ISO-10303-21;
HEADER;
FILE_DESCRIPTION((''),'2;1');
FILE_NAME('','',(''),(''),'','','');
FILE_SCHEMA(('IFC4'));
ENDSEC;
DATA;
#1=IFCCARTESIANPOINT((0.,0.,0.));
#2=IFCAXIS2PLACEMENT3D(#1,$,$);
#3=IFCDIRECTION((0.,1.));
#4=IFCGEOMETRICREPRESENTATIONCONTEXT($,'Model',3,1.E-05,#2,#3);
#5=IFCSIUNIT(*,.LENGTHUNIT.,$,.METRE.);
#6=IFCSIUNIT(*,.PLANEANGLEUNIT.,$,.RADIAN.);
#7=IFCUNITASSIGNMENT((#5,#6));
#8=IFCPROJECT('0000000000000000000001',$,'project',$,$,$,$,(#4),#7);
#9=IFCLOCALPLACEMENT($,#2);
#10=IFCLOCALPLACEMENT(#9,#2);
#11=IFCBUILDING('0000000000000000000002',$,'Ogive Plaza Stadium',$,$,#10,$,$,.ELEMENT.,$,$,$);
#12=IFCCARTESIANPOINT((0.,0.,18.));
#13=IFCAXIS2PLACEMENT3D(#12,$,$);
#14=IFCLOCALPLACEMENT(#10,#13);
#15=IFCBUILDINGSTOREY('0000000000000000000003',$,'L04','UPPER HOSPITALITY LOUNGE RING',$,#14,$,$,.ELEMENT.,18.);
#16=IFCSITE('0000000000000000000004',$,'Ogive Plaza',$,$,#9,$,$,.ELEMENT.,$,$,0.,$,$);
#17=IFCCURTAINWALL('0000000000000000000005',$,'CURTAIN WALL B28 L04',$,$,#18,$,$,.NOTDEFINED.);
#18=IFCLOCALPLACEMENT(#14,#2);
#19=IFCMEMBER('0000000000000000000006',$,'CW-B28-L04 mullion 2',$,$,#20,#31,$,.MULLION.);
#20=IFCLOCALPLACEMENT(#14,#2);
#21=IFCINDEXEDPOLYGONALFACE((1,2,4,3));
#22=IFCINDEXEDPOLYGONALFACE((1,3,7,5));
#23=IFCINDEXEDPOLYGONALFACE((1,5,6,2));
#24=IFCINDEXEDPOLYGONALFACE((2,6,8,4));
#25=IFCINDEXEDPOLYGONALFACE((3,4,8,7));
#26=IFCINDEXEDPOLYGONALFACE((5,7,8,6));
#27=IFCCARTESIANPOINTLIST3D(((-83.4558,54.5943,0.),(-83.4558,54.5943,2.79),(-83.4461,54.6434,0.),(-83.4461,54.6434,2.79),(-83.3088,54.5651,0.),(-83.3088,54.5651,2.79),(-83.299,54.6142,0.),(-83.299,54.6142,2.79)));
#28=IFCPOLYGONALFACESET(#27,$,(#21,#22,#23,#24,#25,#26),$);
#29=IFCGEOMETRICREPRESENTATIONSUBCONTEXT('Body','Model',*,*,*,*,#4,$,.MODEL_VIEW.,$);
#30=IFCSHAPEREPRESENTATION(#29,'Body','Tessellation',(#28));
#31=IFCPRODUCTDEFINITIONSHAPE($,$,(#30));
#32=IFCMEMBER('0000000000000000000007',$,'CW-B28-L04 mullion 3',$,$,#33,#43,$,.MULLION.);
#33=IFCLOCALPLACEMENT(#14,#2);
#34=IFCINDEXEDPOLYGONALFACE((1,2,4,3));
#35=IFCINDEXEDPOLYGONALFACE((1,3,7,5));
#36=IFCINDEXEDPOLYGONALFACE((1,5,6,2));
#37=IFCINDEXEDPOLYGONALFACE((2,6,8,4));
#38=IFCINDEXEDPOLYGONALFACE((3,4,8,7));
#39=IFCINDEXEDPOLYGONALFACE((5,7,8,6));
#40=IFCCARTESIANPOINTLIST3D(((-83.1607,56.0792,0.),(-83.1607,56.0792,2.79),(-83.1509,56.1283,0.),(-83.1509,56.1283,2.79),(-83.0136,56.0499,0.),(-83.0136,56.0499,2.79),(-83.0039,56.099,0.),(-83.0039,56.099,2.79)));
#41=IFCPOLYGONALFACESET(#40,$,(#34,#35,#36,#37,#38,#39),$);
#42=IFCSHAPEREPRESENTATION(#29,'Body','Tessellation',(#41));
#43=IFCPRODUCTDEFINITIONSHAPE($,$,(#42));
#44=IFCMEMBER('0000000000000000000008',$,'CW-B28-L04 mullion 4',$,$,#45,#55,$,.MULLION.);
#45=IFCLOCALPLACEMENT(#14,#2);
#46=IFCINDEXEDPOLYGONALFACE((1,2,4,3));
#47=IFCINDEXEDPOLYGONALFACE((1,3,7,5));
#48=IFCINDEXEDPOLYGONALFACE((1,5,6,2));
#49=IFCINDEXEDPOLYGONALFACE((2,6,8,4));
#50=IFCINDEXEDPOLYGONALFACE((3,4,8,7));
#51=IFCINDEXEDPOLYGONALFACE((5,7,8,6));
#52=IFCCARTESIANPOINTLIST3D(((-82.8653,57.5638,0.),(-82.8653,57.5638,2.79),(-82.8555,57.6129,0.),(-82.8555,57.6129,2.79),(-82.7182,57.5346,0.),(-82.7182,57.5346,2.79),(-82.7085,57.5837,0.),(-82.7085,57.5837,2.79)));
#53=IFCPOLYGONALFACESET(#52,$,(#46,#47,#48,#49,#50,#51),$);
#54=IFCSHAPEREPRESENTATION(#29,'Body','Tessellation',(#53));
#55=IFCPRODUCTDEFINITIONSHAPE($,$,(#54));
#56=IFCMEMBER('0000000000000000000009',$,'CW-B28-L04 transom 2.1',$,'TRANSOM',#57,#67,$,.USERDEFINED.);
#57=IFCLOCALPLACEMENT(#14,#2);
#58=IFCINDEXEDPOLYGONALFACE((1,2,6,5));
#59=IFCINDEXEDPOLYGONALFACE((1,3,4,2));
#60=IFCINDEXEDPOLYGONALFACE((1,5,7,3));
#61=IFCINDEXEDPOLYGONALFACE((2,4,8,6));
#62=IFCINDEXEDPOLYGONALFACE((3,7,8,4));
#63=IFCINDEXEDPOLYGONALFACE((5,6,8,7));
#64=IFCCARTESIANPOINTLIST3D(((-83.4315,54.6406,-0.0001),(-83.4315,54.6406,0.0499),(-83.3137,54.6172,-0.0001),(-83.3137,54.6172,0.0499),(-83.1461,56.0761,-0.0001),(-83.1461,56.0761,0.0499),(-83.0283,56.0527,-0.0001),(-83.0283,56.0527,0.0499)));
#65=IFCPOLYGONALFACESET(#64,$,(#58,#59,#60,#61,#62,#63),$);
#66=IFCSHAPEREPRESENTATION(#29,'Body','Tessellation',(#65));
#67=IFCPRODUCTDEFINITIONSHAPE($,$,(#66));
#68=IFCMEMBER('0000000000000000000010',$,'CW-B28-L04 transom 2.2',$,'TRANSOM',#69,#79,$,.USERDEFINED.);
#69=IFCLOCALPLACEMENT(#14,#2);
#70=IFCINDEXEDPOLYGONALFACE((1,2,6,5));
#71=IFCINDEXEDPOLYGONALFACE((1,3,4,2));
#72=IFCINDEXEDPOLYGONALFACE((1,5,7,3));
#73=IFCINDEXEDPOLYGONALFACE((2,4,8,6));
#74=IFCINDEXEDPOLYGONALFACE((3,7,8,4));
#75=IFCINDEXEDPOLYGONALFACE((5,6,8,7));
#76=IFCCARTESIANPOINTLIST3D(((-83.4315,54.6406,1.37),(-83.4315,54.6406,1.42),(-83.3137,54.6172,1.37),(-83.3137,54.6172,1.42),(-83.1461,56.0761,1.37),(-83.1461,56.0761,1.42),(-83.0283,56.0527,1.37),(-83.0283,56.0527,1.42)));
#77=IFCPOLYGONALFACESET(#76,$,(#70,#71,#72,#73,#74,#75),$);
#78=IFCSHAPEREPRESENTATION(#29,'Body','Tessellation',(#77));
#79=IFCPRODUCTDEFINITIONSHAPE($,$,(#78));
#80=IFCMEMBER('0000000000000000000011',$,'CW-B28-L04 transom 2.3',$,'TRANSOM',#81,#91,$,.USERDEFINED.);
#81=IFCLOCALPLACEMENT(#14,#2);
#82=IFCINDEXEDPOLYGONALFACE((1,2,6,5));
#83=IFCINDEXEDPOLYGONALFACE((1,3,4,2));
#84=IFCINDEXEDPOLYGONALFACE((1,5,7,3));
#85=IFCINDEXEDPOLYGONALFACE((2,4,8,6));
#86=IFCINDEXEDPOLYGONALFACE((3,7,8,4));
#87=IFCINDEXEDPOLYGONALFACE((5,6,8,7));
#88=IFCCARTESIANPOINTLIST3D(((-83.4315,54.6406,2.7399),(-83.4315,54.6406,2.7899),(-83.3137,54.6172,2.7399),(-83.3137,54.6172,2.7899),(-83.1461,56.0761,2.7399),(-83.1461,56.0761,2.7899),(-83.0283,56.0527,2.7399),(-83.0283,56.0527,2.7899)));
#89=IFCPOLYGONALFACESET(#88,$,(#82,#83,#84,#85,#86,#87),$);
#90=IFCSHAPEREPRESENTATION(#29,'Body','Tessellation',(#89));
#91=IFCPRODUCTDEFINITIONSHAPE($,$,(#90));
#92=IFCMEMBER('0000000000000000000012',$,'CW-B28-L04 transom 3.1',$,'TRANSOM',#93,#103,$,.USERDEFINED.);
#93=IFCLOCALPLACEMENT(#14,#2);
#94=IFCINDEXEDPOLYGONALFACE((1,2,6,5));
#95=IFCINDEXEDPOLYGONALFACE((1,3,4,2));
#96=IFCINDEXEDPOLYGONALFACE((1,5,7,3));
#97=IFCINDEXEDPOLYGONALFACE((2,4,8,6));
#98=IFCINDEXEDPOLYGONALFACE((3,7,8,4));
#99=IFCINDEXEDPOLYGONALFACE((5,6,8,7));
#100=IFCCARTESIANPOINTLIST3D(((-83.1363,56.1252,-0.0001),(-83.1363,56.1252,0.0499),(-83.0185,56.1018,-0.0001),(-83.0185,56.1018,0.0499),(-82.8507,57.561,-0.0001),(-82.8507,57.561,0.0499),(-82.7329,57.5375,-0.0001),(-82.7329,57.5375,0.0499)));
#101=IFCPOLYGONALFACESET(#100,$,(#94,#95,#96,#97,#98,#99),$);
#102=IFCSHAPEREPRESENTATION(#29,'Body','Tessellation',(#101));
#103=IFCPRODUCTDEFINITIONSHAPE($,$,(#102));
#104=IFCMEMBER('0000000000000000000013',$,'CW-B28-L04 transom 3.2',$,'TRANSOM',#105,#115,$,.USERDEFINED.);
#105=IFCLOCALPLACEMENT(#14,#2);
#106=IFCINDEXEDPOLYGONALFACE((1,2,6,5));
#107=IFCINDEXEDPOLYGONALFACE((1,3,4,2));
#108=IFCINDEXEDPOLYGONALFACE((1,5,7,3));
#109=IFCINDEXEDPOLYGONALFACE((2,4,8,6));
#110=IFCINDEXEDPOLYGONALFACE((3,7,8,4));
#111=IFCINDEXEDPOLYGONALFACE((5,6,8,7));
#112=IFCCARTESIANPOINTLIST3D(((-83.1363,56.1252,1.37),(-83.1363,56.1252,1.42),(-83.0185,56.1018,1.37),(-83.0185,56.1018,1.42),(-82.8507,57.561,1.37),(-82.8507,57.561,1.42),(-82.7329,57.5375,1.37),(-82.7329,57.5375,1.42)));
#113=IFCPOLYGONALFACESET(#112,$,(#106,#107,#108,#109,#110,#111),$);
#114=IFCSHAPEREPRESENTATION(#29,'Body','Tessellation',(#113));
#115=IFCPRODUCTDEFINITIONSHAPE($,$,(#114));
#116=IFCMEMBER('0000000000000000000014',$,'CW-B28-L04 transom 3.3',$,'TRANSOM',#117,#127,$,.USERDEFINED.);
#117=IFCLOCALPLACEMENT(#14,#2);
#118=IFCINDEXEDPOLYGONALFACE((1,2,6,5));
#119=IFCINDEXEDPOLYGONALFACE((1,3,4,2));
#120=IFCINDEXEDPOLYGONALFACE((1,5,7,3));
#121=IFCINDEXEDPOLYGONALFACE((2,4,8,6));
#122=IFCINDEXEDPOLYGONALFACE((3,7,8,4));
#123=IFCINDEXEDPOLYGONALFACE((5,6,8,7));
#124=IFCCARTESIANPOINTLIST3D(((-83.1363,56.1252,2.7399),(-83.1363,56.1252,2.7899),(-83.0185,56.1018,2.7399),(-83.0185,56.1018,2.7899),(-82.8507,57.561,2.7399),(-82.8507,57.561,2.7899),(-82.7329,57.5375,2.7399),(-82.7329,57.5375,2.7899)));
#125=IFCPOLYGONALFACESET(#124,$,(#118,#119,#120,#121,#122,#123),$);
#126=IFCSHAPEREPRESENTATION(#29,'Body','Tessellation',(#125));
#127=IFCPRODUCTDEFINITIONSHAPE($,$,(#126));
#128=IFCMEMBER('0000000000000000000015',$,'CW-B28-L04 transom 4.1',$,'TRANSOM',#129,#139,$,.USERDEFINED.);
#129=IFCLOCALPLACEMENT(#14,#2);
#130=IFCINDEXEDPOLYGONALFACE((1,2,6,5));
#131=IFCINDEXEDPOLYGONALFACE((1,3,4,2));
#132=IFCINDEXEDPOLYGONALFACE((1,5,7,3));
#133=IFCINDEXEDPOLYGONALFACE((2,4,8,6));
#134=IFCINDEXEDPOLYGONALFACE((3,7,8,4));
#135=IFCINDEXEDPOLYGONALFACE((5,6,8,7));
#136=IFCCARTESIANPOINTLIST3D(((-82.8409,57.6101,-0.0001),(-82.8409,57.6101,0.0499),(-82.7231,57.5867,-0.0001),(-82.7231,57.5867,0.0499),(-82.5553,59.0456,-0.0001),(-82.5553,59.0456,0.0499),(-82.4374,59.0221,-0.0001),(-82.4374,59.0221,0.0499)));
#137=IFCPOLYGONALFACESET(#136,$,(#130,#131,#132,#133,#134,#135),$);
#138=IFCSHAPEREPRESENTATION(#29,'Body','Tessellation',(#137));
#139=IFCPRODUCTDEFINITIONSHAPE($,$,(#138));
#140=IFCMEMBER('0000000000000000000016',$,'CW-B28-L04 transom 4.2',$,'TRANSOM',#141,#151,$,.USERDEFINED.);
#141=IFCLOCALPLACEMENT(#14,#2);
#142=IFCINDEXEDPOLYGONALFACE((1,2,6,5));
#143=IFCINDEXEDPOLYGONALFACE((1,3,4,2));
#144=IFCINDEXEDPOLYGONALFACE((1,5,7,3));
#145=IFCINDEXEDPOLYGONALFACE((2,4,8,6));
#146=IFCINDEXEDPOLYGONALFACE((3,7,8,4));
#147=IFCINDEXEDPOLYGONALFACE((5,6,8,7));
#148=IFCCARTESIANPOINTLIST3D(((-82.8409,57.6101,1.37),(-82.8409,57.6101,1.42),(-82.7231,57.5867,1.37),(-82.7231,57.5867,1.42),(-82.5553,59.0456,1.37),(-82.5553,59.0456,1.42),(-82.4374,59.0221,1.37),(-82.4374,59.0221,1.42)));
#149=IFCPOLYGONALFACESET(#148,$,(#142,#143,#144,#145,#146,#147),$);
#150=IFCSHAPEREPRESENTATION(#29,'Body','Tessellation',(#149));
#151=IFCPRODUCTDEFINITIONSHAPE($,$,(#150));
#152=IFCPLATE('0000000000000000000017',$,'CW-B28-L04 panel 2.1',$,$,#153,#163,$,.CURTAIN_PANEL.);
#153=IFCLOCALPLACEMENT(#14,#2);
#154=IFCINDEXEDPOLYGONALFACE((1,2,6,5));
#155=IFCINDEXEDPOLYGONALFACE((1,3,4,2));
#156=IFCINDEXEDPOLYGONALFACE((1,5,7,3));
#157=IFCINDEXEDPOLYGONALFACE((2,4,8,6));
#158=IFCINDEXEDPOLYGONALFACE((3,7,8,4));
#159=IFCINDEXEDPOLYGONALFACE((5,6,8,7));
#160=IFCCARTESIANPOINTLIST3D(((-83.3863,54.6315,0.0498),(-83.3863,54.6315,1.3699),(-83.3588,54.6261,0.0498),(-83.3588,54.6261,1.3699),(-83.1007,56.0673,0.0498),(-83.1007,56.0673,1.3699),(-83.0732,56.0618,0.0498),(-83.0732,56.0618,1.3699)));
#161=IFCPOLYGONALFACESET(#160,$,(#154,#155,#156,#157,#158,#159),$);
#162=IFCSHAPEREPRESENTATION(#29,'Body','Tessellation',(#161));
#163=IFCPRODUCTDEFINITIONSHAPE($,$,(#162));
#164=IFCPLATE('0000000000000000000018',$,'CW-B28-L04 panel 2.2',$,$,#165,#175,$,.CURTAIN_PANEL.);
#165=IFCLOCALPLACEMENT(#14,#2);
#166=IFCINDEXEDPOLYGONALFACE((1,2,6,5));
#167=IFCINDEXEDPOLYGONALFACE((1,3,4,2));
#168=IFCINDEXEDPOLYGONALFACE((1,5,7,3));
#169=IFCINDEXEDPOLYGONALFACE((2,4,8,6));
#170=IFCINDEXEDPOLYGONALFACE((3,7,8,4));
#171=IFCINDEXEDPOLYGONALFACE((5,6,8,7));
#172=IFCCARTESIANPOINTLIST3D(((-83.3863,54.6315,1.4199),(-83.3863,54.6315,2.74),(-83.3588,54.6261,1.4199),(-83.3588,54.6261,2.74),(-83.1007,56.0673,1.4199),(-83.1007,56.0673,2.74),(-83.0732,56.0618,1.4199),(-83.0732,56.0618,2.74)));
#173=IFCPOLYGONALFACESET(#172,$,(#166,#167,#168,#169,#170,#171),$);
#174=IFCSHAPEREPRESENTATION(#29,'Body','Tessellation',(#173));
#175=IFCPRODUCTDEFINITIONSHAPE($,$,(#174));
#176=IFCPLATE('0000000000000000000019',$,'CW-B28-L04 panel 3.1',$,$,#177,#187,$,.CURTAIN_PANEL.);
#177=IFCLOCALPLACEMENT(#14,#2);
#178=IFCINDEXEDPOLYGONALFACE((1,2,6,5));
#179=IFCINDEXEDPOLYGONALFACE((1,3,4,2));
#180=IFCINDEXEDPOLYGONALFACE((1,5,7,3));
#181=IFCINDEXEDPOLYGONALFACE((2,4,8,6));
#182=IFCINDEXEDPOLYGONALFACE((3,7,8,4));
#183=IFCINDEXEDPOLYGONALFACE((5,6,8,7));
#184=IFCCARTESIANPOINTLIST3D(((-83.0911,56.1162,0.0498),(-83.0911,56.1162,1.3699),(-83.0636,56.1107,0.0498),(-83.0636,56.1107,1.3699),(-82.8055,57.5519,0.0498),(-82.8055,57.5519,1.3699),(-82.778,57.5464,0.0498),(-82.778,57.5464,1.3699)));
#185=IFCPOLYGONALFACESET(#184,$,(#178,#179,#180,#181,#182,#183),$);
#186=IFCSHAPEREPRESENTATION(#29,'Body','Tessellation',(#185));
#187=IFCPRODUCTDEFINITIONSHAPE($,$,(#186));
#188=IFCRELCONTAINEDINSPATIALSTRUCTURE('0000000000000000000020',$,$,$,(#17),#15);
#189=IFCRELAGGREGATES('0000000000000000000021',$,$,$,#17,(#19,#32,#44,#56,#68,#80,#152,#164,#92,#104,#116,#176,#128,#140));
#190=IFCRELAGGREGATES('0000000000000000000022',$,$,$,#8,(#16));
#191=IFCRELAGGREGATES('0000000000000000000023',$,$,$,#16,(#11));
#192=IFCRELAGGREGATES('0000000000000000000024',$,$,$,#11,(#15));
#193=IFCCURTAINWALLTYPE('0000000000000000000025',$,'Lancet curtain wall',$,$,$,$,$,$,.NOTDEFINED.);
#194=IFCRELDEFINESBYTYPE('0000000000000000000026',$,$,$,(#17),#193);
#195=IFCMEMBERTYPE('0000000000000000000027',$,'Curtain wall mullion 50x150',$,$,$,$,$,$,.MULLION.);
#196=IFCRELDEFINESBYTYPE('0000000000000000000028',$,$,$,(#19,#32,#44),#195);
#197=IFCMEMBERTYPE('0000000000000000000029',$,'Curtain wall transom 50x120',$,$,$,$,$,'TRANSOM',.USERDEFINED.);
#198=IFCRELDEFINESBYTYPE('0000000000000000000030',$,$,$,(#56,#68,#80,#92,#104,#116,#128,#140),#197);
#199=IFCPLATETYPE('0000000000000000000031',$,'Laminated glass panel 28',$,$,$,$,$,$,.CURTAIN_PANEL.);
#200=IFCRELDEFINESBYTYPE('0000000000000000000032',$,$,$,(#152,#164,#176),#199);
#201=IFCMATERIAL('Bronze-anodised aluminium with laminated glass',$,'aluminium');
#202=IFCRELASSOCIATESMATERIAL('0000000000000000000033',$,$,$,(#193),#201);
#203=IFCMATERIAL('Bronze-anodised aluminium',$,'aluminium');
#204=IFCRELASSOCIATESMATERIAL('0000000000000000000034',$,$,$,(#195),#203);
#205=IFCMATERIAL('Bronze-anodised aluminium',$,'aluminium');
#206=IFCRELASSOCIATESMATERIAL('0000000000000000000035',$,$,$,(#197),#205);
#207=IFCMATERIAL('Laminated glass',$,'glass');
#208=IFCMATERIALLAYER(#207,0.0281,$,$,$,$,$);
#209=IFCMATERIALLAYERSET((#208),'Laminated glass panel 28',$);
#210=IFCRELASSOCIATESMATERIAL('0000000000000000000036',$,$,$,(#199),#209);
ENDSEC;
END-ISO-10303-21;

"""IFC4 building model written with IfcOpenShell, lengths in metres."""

from ifc_helpers import new_model, si_unit, direction, frame, origin, origin_2d, place, context, subcontext, project, spatial, rectangle, extrude, material, layer, layer_set, material_profile, profile_set, type_object, element, aggregate, save


model = new_model("IFC4")

# Units and contexts
model_context = context("Model", 3, precision=1e-05, world=origin(), true_north=direction((0.0, 1.0)))
body_context = subcontext(model_context, "Body", "Model", "MODEL_VIEW")
ifc_project = project(units=[si_unit("LENGTHUNIT", "METRE"), si_unit("PLANEANGLEUNIT", "RADIAN")], contexts=[model_context])

# Site, building, storey
site_placement = place(None, origin())
site = spatial("IfcSite", under=ifc_project, at=site_placement, Name="Ogive Plaza", CompositionType="ELEMENT", RefElevation=0.0)
building_placement = place(site_placement, origin())
building = spatial("IfcBuilding", under=site, at=building_placement, Name="Ogive Plaza Stadium", CompositionType="ELEMENT")
storey_placement = place(building_placement, frame((0.0, 0.0, 18.0)))
storey = spatial("IfcBuildingStorey", under=building, at=storey_placement, Name="L04", Description="UPPER HOSPITALITY LOUNGE RING", CompositionType="ELEMENT", Elevation=18.0)

# Curtain wall, members, plates
ifc_material_1 = material(Name="Bronze-anodised aluminium with laminated glass", Category="aluminium")
curtain_wall_type = type_object("IfcCurtainWallType", Name="Lancet curtain wall", PredefinedType="NOTDEFINED", material=ifc_material_1)
curtain_wall_placement = place(storey_placement, origin())
curtain_wall = element("IfcCurtainWall", 1, at=curtain_wall_placement, inside=storey, type_object=curtain_wall_type, Name="CURTAIN WALL B28 L04", PredefinedType="NOTDEFINED")
ifc_material_2 = material(Name="Bronze-anodised aluminium", Category="aluminium")
ifc_material_profile_1 = material_profile(ifc_material_2, rectangle(XDim=0.1499, YDim=0.05, at=origin_2d()), Name="AL 150x50")
ifc_profile_set_1 = profile_set([ifc_material_profile_1], Name="Bronze-anodised aluminium")
member_type_1 = type_object("IfcMemberType", Name="Curtain wall mullion 50x150", PredefinedType="MULLION", material=ifc_profile_set_1)
member_1_placement = place(storey_placement, frame((-83.3774, 54.6042, 0.0), z_axis=(0.0, 0.0, 1.0), x_axis=(-0.980785, 0.19509, 0.0)))
member_1 = element("IfcMember", 2, at=member_1_placement, type_object=member_type_1, Name="CW-B28-L04 mullion 2", PredefinedType="MULLION", context=body_context, shape_type="SweptSolid", body=[
    extrude(rectangle(XDim=0.1499, YDim=0.05, at=origin_2d()), origin(), (0.0, 0.0, 1.0), 2.79),
])
member_2_placement = place(storey_placement, frame((-83.0823, 56.0891, 0.0), z_axis=(0.0, 0.0, 1.0), x_axis=(-0.980785, 0.19509, 0.0)))
member_2 = element("IfcMember", 3, at=member_2_placement, type_object=member_type_1, Name="CW-B28-L04 mullion 3", PredefinedType="MULLION", context=body_context, shape_type="SweptSolid", body=[
    extrude(rectangle(XDim=0.1499, YDim=0.05, at=origin_2d()), origin(), (0.0, 0.0, 1.0), 2.79),
])
member_3_placement = place(storey_placement, frame((-82.7869, 57.5737, 0.0), z_axis=(0.0, 0.0, 1.0), x_axis=(-0.980785, 0.19509, 0.0)))
member_3 = element("IfcMember", 4, at=member_3_placement, type_object=member_type_1, Name="CW-B28-L04 mullion 4", PredefinedType="MULLION", context=body_context, shape_type="SweptSolid", body=[
    extrude(rectangle(XDim=0.1499, YDim=0.05, at=origin_2d()), origin(), (0.0, 0.0, 1.0), 2.79),
])
ifc_material_3 = material(Name="Bronze-anodised aluminium", Category="aluminium")
ifc_material_profile_2 = material_profile(ifc_material_3, rectangle(XDim=0.1201, YDim=0.05, at=origin_2d()), Name="AL 120x50")
ifc_profile_set_2 = profile_set([ifc_material_profile_2], Name="Bronze-anodised aluminium")
member_type_2 = type_object("IfcMemberType", Name="Curtain wall transom 50x120", ElementType="TRANSOM", PredefinedType="USERDEFINED", material=ifc_profile_set_2)
member_4_placement = place(storey_placement, frame((-83.3726, 54.6289, 0.0249), z_axis=(0.194993, 0.980805, 0.0), x_axis=(-0.980805, 0.194993, 0.0)))
member_4 = element("IfcMember", 5, at=member_4_placement, type_object=member_type_2, Name="CW-B28-L04 transom 2.1", ObjectType="TRANSOM", PredefinedType="USERDEFINED", context=body_context, shape_type="SweptSolid", body=[
    extrude(rectangle(XDim=0.1201, YDim=0.05, at=origin_2d()), origin(), (0.0, 0.0, 1.0), 1.4636),
])
member_5_placement = place(storey_placement, frame((-83.3726, 54.6289, 1.395), z_axis=(0.194993, 0.980805, 0.0), x_axis=(-0.980805, 0.194993, 0.0)))
member_5 = element("IfcMember", 6, at=member_5_placement, type_object=member_type_2, Name="CW-B28-L04 transom 2.2", ObjectType="TRANSOM", PredefinedType="USERDEFINED", context=body_context, shape_type="SweptSolid", body=[
    extrude(rectangle(XDim=0.1201, YDim=0.05, at=origin_2d()), origin(), (0.0, 0.0, 1.0), 1.4636),
])
member_6_placement = place(storey_placement, frame((-83.3726, 54.6289, 2.7649), z_axis=(0.194993, 0.980805, 0.0), x_axis=(-0.980805, 0.194993, 0.0)))
member_6 = element("IfcMember", 7, at=member_6_placement, type_object=member_type_2, Name="CW-B28-L04 transom 2.3", ObjectType="TRANSOM", PredefinedType="USERDEFINED", context=body_context, shape_type="SweptSolid", body=[
    extrude(rectangle(XDim=0.1201, YDim=0.05, at=origin_2d()), origin(), (0.0, 0.0, 1.0), 1.4636),
])
member_7_placement = place(storey_placement, frame((-83.0774, 56.1135, 0.0249), z_axis=(0.195122, 0.980779, 0.0), x_axis=(-0.980779, 0.195122, 0.0)))
member_7 = element("IfcMember", 8, at=member_7_placement, type_object=member_type_2, Name="CW-B28-L04 transom 3.1", ObjectType="TRANSOM", PredefinedType="USERDEFINED", context=body_context, shape_type="SweptSolid", body=[
    extrude(rectangle(XDim=0.1201, YDim=0.05, at=origin_2d()), origin(), (0.0, 0.0, 1.0), 1.4639),
])
member_8_placement = place(storey_placement, frame((-83.0774, 56.1135, 1.395), z_axis=(0.195122, 0.980779, 0.0), x_axis=(-0.980779, 0.195122, 0.0)))
member_8 = element("IfcMember", 9, at=member_8_placement, type_object=member_type_2, Name="CW-B28-L04 transom 3.2", ObjectType="TRANSOM", PredefinedType="USERDEFINED", context=body_context, shape_type="SweptSolid", body=[
    extrude(rectangle(XDim=0.1201, YDim=0.05, at=origin_2d()), origin(), (0.0, 0.0, 1.0), 1.4639),
])
member_9_placement = place(storey_placement, frame((-83.0774, 56.1135, 2.7649), z_axis=(0.195122, 0.980779, 0.0), x_axis=(-0.980779, 0.195122, 0.0)))
member_9 = element("IfcMember", 10, at=member_9_placement, type_object=member_type_2, Name="CW-B28-L04 transom 3.3", ObjectType="TRANSOM", PredefinedType="USERDEFINED", context=body_context, shape_type="SweptSolid", body=[
    extrude(rectangle(XDim=0.1201, YDim=0.05, at=origin_2d()), origin(), (0.0, 0.0, 1.0), 1.4639),
])
member_10_placement = place(storey_placement, frame((-82.782, 57.5984, 0.0249), z_axis=(0.195154, 0.980773, 0.0), x_axis=(-0.980773, 0.195154, 0.0)))
member_10 = element("IfcMember", 11, at=member_10_placement, type_object=member_type_2, Name="CW-B28-L04 transom 4.1", ObjectType="TRANSOM", PredefinedType="USERDEFINED", context=body_context, shape_type="SweptSolid", body=[
    extrude(rectangle(XDim=0.1201, YDim=0.05, at=origin_2d()), origin(), (0.0, 0.0, 1.0), 1.4636),
])
member_11_placement = place(storey_placement, frame((-82.782, 57.5984, 1.395), z_axis=(0.195154, 0.980773, 0.0), x_axis=(-0.980773, 0.195154, 0.0)))
member_11 = element("IfcMember", 12, at=member_11_placement, type_object=member_type_2, Name="CW-B28-L04 transom 4.2", ObjectType="TRANSOM", PredefinedType="USERDEFINED", context=body_context, shape_type="SweptSolid", body=[
    extrude(rectangle(XDim=0.1201, YDim=0.05, at=origin_2d()), origin(), (0.0, 0.0, 1.0), 1.4636),
])
ifc_material_4 = material(Name="Laminated glass", Category="glass")
ifc_layer_1 = layer(ifc_material_4, 0.0281)
ifc_layer_set_1 = layer_set([ifc_layer_1], Name="Laminated glass panel 28")
plate_type = type_object("IfcPlateType", Name="Laminated glass panel 28", PredefinedType="CURTAIN_PANEL", material=ifc_layer_set_1)
plate_1_placement = place(storey_placement, frame((-83.2297, 55.3467, 0.0498), z_axis=(0.0, 0.0, 1.0), x_axis=(0.19509, 0.980785, 0.0)))
plate_1 = element("IfcPlate", 13, at=plate_1_placement, type_object=plate_type, Name="CW-B28-L04 panel 2.1", PredefinedType="CURTAIN_PANEL", context=body_context, shape_type="SweptSolid", body=[
    extrude(rectangle(XDim=1.4639, YDim=0.0281, at=origin_2d()), origin(), (0.0, 0.0, 1.0), 1.3201),
])
plate_2_placement = place(storey_placement, frame((-83.2297, 55.3467, 1.4199), z_axis=(0.0, 0.0, 1.0), x_axis=(0.19509, 0.980785, 0.0)))
plate_2 = element("IfcPlate", 14, at=plate_2_placement, type_object=plate_type, Name="CW-B28-L04 panel 2.2", PredefinedType="CURTAIN_PANEL", context=body_context, shape_type="SweptSolid", body=[
    extrude(rectangle(XDim=1.4639, YDim=0.0281, at=origin_2d()), origin(), (0.0, 0.0, 1.0), 1.3201),
])
plate_3_placement = place(storey_placement, frame((-82.9346, 56.8313, 0.0498), z_axis=(0.0, 0.0, 1.0), x_axis=(0.19509, 0.980785, 0.0)))
plate_3 = element("IfcPlate", 15, at=plate_3_placement, type_object=plate_type, Name="CW-B28-L04 panel 3.1", PredefinedType="CURTAIN_PANEL", context=body_context, shape_type="SweptSolid", body=[
    extrude(rectangle(XDim=1.4639, YDim=0.0281, at=origin_2d()), origin(), (0.0, 0.0, 1.0), 1.3201),
])
aggregate(curtain_wall, [member_1, member_2, member_3, member_4, member_5, member_6, plate_1, plate_2, member_7, member_8, member_9, plate_3, member_10, member_11])

save(model, "model.ifc")
